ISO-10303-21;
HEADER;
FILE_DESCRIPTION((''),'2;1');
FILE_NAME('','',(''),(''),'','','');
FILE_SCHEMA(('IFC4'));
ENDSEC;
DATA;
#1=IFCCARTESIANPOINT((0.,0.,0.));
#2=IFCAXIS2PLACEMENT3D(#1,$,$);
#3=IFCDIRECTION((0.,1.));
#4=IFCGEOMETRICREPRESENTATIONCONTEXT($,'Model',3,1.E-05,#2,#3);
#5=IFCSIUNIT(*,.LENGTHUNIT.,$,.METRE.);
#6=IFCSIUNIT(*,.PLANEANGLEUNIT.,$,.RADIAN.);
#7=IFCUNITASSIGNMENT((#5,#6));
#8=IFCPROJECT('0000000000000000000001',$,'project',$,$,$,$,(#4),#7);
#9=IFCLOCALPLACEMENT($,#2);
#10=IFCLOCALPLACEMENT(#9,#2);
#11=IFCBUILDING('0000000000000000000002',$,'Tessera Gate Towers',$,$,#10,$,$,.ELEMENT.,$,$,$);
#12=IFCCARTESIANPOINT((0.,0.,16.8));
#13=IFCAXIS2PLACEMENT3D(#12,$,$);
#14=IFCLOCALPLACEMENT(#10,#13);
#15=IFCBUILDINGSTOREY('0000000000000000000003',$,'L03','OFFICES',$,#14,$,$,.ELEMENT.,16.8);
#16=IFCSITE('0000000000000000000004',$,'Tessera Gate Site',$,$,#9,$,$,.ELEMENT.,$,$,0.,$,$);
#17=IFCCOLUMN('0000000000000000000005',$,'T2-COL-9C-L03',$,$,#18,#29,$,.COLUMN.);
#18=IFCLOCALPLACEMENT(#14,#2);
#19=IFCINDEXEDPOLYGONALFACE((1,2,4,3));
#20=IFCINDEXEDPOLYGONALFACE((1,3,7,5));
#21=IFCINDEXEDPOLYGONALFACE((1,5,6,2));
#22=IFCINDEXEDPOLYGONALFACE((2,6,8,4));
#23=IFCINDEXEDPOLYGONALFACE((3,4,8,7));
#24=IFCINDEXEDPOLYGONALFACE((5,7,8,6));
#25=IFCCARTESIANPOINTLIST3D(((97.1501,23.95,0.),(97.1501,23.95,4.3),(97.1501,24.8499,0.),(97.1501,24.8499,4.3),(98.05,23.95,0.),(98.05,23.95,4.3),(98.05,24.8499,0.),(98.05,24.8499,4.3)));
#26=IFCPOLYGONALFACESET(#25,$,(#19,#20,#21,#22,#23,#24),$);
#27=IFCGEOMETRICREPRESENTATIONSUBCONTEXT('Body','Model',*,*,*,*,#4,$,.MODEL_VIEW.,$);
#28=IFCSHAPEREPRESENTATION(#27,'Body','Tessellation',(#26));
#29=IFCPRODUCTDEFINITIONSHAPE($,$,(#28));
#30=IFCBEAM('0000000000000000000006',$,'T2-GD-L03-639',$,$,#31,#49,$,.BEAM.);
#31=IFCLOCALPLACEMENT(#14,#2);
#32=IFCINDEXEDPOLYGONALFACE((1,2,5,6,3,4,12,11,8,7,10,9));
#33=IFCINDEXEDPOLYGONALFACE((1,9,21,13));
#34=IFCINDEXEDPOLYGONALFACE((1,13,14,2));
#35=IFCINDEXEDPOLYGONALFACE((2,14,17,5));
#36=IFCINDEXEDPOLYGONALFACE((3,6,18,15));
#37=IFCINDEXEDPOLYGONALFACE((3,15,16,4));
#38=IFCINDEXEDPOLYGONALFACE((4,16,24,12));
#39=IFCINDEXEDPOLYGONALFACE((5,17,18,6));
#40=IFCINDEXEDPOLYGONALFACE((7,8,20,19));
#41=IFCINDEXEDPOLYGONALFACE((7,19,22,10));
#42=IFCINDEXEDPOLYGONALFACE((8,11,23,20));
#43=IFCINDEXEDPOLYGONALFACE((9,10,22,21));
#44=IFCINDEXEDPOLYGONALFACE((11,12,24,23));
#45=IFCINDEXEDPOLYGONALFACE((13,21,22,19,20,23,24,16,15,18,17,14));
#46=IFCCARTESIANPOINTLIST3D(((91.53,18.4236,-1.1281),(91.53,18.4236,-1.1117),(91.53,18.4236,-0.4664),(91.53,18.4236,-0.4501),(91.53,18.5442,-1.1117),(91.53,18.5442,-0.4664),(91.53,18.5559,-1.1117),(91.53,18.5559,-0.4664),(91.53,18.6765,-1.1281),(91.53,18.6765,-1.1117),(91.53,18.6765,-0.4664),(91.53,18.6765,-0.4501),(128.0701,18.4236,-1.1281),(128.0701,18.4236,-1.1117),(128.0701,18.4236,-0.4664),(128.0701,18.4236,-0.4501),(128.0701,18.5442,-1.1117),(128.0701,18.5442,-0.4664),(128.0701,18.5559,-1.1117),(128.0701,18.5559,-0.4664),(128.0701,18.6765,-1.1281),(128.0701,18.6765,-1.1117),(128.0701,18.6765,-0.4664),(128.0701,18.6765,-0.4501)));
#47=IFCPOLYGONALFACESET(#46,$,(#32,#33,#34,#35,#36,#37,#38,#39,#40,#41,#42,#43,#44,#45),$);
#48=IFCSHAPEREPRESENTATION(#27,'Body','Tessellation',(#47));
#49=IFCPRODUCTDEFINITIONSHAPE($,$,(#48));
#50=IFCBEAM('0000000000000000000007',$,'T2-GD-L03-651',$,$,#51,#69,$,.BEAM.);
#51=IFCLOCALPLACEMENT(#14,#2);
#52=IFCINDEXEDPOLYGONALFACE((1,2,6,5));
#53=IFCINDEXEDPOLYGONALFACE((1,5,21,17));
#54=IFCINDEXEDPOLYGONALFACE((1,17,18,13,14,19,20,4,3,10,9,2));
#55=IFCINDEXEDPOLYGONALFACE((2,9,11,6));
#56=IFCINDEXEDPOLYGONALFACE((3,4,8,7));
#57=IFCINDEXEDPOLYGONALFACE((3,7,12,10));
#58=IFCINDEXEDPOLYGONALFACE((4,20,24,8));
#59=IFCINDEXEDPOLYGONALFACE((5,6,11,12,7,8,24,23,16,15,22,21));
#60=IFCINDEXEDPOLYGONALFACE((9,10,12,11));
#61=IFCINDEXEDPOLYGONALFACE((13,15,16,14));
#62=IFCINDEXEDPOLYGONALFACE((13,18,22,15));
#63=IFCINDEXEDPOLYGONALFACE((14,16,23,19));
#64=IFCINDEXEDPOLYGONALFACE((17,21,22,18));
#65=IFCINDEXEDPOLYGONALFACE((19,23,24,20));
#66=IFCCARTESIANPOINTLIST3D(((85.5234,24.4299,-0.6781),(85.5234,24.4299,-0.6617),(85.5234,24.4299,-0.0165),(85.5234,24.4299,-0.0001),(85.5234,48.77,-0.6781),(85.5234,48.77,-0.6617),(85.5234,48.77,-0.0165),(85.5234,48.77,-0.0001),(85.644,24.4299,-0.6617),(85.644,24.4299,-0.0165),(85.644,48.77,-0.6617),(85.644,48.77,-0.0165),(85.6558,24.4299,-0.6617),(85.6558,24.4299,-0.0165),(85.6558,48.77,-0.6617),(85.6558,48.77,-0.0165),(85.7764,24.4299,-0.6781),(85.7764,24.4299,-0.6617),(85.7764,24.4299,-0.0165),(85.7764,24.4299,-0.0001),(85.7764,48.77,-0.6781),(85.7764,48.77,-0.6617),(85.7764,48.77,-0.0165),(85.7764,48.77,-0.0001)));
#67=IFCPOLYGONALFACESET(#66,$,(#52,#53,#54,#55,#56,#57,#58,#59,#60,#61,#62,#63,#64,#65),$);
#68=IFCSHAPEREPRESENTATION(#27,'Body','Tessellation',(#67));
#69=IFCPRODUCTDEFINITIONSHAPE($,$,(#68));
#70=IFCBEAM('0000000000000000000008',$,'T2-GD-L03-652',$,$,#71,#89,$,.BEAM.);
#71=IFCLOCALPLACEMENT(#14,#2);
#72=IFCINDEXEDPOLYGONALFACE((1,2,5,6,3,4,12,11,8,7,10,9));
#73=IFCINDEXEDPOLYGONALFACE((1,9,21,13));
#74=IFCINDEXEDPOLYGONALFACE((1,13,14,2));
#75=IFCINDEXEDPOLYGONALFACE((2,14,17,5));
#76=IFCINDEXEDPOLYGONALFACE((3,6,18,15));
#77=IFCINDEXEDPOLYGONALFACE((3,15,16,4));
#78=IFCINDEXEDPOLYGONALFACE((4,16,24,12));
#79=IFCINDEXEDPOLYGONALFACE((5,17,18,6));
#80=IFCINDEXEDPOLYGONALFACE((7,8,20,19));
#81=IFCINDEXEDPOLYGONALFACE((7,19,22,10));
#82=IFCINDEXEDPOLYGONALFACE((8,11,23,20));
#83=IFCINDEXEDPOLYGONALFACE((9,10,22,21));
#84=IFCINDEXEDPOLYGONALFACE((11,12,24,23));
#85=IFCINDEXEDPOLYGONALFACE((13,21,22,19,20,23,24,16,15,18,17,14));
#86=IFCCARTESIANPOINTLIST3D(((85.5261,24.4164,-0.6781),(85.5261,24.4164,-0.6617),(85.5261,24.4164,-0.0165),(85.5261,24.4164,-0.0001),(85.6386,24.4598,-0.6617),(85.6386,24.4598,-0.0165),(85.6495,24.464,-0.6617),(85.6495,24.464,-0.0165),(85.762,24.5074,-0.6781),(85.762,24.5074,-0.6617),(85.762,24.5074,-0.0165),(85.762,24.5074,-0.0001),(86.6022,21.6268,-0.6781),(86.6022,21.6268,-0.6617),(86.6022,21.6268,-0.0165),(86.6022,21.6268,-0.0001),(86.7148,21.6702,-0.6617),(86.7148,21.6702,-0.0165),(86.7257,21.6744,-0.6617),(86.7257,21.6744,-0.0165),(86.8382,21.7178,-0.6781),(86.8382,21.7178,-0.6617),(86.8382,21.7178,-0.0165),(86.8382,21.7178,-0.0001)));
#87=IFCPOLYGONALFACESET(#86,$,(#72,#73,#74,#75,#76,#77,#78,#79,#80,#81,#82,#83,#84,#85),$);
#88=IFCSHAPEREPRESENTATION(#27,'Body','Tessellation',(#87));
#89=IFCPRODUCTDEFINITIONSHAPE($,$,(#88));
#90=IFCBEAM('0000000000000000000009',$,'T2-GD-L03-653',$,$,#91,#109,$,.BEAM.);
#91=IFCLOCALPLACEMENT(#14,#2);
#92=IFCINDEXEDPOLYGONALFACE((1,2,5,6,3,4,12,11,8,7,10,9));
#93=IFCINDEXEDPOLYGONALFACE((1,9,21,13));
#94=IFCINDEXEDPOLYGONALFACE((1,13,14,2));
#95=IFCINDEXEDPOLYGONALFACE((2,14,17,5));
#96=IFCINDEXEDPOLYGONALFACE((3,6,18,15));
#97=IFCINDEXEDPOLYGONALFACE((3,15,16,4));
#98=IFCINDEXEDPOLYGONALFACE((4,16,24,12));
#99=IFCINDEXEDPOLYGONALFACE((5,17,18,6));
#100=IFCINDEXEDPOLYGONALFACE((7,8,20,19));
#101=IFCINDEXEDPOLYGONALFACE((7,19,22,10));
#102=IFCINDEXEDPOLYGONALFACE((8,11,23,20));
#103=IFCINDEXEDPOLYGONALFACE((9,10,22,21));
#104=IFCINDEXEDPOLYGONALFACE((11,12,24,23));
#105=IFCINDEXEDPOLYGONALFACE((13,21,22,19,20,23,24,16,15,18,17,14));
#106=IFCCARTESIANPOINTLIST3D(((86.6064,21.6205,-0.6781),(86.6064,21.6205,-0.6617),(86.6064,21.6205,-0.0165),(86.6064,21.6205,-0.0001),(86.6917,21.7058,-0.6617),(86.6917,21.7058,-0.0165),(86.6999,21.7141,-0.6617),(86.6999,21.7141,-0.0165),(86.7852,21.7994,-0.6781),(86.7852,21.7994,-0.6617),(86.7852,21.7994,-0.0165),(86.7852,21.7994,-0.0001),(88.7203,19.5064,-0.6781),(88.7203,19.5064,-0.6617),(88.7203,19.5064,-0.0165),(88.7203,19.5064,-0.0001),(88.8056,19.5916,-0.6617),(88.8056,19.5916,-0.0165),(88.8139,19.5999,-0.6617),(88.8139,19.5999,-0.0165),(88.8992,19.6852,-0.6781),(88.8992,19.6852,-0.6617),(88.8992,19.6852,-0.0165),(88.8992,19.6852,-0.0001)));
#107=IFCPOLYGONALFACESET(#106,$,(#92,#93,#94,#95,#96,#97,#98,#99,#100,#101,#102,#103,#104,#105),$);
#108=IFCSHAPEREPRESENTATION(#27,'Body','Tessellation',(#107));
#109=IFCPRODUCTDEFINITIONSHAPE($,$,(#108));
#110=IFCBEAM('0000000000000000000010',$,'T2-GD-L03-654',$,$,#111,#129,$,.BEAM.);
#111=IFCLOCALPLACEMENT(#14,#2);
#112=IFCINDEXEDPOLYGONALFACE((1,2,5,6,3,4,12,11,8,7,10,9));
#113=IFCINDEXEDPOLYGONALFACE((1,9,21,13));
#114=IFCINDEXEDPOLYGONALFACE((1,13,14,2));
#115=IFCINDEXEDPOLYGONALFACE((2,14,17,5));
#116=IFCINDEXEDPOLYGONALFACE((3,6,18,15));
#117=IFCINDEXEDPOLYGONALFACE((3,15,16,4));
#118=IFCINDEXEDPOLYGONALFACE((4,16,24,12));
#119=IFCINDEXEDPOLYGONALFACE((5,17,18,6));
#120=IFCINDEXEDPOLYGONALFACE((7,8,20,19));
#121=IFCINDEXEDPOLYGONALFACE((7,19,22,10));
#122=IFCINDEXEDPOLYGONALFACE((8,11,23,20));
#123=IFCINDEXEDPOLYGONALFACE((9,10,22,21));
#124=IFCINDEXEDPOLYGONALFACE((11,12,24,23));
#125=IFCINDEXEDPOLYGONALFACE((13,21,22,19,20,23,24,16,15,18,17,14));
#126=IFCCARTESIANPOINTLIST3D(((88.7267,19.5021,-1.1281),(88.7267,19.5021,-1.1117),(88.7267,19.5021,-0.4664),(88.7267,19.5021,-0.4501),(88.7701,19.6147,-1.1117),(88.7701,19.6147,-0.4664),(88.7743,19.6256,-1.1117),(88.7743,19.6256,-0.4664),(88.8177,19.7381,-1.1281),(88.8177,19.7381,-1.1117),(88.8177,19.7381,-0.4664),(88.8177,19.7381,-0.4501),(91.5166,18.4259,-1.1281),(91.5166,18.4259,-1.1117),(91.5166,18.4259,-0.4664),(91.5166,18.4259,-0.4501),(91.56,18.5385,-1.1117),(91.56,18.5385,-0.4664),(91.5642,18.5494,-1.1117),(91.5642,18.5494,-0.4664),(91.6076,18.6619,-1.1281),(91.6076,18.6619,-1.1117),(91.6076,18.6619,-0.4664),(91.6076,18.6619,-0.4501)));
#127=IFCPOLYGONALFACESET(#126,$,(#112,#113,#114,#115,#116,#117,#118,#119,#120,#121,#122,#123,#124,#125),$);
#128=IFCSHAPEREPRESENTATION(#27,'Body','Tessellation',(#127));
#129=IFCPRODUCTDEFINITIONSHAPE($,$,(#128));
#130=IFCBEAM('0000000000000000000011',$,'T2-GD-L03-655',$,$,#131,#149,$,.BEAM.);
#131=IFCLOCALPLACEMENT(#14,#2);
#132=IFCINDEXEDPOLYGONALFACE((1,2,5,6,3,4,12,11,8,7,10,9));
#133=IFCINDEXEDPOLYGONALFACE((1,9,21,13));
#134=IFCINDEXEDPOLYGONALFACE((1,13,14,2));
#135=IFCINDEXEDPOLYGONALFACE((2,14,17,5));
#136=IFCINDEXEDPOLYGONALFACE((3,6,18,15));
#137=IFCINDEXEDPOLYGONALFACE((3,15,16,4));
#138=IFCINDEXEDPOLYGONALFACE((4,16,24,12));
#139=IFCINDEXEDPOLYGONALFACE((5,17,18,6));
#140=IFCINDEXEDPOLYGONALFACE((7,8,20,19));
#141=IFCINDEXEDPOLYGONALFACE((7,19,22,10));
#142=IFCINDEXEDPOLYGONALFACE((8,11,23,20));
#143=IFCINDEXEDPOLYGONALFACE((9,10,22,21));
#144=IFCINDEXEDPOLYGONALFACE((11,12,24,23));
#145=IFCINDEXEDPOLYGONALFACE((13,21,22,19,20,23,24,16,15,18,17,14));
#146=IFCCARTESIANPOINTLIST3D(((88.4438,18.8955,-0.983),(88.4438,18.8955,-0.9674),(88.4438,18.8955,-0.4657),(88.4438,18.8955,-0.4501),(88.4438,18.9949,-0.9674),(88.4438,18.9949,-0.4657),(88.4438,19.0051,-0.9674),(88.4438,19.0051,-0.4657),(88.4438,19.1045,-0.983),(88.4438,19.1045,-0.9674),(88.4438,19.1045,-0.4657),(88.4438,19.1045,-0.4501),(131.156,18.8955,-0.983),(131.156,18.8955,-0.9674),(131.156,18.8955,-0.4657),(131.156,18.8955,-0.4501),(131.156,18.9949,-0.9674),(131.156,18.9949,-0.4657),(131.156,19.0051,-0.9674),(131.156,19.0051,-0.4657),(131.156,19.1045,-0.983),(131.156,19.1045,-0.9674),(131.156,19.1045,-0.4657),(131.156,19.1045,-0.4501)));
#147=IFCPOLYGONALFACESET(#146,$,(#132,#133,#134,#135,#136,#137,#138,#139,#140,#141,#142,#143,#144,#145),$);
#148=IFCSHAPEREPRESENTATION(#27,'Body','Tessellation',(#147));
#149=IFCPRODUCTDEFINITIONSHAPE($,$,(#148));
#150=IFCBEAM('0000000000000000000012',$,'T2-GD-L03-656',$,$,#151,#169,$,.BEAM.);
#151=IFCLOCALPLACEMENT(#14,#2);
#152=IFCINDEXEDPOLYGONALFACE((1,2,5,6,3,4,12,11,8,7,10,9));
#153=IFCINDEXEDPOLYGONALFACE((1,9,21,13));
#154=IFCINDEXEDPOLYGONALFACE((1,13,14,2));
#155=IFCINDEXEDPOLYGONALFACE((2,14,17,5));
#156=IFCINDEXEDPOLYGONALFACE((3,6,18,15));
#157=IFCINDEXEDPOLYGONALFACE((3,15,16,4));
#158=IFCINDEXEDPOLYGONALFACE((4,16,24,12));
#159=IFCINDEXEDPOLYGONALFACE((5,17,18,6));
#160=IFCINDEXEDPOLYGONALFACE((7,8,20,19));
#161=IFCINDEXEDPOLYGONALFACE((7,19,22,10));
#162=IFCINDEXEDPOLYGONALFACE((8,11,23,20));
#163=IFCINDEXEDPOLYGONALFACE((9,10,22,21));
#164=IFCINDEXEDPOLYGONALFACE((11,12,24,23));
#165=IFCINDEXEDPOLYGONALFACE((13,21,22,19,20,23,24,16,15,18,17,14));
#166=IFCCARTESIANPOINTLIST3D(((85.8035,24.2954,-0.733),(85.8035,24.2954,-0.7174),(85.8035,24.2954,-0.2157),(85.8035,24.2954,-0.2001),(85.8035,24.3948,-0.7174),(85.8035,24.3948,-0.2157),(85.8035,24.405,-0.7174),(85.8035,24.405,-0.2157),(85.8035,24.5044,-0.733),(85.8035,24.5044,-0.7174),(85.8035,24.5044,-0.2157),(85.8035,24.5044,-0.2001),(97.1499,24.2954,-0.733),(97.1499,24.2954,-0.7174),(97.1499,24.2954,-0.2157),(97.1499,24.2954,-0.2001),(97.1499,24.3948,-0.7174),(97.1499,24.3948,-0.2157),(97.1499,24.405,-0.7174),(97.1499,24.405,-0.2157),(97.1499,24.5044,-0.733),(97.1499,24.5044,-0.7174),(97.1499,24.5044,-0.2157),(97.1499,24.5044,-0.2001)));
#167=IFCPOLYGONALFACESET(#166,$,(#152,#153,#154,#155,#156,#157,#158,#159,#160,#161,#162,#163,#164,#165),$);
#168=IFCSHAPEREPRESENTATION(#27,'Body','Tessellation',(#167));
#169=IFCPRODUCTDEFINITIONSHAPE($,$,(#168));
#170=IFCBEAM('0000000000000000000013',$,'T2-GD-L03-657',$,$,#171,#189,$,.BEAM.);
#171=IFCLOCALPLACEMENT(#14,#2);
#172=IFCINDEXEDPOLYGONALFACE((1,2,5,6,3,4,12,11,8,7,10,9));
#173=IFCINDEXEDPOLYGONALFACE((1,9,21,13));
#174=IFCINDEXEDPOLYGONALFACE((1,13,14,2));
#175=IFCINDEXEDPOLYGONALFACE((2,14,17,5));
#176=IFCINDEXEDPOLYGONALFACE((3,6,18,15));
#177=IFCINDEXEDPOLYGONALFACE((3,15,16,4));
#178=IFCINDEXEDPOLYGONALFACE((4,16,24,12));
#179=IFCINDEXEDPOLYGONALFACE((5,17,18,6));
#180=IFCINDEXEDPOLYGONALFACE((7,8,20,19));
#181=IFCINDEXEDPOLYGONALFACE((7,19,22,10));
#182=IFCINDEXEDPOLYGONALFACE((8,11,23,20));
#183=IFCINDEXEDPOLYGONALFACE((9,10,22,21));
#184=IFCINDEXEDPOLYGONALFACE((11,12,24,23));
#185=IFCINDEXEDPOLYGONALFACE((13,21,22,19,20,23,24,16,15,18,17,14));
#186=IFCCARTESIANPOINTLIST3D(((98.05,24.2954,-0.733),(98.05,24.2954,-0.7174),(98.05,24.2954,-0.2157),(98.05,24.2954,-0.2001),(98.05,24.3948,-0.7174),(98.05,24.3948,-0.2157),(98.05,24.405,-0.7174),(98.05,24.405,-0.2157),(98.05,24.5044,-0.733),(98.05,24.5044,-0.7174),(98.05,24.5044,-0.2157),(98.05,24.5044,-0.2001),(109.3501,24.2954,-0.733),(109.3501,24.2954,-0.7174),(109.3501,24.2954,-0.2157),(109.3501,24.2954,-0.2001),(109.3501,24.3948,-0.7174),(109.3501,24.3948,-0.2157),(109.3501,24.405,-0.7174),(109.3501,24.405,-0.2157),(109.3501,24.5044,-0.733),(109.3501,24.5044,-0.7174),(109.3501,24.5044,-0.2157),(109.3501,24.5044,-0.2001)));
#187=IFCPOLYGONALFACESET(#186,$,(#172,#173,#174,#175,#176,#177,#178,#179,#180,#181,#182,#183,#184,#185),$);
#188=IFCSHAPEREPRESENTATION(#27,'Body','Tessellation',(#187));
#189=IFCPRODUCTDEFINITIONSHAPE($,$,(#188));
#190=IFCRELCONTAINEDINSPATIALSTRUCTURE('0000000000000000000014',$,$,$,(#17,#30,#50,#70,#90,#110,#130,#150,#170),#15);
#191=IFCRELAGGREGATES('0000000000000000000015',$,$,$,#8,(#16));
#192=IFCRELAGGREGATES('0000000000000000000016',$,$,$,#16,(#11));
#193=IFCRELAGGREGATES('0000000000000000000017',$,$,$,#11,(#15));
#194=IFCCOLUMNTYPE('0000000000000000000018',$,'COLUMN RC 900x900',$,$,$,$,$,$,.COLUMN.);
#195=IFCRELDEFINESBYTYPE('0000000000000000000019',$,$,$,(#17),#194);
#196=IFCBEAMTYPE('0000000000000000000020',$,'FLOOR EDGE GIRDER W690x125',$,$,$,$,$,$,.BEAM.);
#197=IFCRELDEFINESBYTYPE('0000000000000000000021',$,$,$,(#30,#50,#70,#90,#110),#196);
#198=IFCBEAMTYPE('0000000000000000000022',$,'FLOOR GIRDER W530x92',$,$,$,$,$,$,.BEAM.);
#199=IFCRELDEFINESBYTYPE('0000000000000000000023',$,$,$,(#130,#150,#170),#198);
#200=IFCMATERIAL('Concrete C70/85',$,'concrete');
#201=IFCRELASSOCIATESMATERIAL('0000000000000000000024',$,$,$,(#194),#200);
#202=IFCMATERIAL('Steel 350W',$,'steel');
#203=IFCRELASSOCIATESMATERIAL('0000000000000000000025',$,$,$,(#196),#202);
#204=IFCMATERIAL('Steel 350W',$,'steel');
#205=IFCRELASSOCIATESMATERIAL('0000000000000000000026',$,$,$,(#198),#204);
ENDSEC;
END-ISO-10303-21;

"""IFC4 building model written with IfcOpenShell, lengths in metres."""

from ifc_helpers import new_model, si_unit, direction, frame, origin, origin_2d, place, context, subcontext, project, spatial, rectangle, i_section, extrude, material, material_profile, profile_set, type_object, element, save


model = new_model("IFC4")

# Units and contexts
model_context = context("Model", 3, precision=1e-05, world=origin(), true_north=direction((0.0, 1.0)))
body_context = subcontext(model_context, "Body", "Model", "MODEL_VIEW")
ifc_project = project(units=[si_unit("LENGTHUNIT", "METRE"), si_unit("PLANEANGLEUNIT", "RADIAN")], contexts=[model_context])

# Site, building, storey
site_placement = place(None, origin())
site = spatial("IfcSite", under=ifc_project, at=site_placement, Name="Tessera Gate Site", CompositionType="ELEMENT", RefElevation=0.0)
building_placement = place(site_placement, origin())
building = spatial("IfcBuilding", under=site, at=building_placement, Name="Tessera Gate Towers", CompositionType="ELEMENT")
storey_placement = place(building_placement, frame((0.0, 0.0, 16.8)))
storey = spatial("IfcBuildingStorey", under=building, at=storey_placement, Name="L03", Description="OFFICES", CompositionType="ELEMENT", Elevation=16.8)

# Column
ifc_material_1 = material(Name="Concrete C70/85", Category="concrete")
ifc_material_profile_1 = material_profile(ifc_material_1, rectangle(XDim=0.8999, YDim=0.8999, at=origin_2d()), Name="RC 900x900")
ifc_profile_set_1 = profile_set([ifc_material_profile_1], Name="Concrete C70/85")
column_type = type_object("IfcColumnType", Name="COLUMN RC 900x900", PredefinedType="COLUMN", material=ifc_profile_set_1)
column_placement = place(storey_placement, frame((97.6001, 24.3999, 0.0), z_axis=(0.0, 0.0, 1.0), x_axis=(1.0, 0.0, 0.0)))
element("IfcColumn", 1, at=column_placement, inside=storey, type_object=column_type, Name="T2-COL-9C-L03", PredefinedType="COLUMN", context=body_context, shape_type="SweptSolid", body=[
    extrude(rectangle(XDim=0.8999, YDim=0.8999, at=origin_2d()), origin(), (0.0, 0.0, 1.0), 4.3),
])

# Beams
ifc_material_2 = material(Name="Steel 350W", Category="steel")
ifc_material_profile_2 = material_profile(ifc_material_2, i_section(OverallWidth=0.2529, OverallDepth=0.678, WebThickness=0.0117, FlangeThickness=0.0164, at=origin_2d()), Name="W690x125")
ifc_profile_set_2 = profile_set([ifc_material_profile_2], Name="Steel 350W")
beam_type_1 = type_object("IfcBeamType", Name="FLOOR EDGE GIRDER W690x125", PredefinedType="BEAM", material=ifc_profile_set_2)
beam_1_placement = place(storey_placement, frame((91.53, 18.55, -0.7891), z_axis=(1.0, 0.0, 0.0), x_axis=(0.0, 1.0, 0.0)))
element("IfcBeam", 2, at=beam_1_placement, inside=storey, type_object=beam_type_1, Name="T2-GD-L03-639", PredefinedType="BEAM", context=body_context, shape_type="SweptSolid", body=[
    extrude(i_section(OverallWidth=0.2529, OverallDepth=0.678, WebThickness=0.0117, FlangeThickness=0.0164, at=origin_2d()), origin(), (0.0, 0.0, 1.0), 36.54),
])
beam_2_placement = place(storey_placement, frame((85.6499, 24.4299, -0.3391), z_axis=(0.0, 1.0, 0.0), x_axis=(-1.0, 0.0, 0.0)))
element("IfcBeam", 3, at=beam_2_placement, inside=storey, type_object=beam_type_1, Name="T2-GD-L03-651", PredefinedType="BEAM", context=body_context, shape_type="SweptSolid", body=[
    extrude(i_section(OverallWidth=0.2529, OverallDepth=0.678, WebThickness=0.0117, FlangeThickness=0.0164, at=origin_2d()), origin(), (0.0, 0.0, 1.0), 24.3401),
])
beam_3_placement = place(storey_placement, frame((85.644, 24.4619, -0.3391), z_axis=(0.359931, -0.932979, 0.0), x_axis=(0.932979, 0.359931, 0.0)))
element("IfcBeam", 4, at=beam_3_placement, inside=storey, type_object=beam_type_1, Name="T2-GD-L03-652", PredefinedType="BEAM", context=body_context, shape_type="SweptSolid", body=[
    extrude(i_section(OverallWidth=0.2529, OverallDepth=0.678, WebThickness=0.0117, FlangeThickness=0.0164, at=origin_2d()), origin(), (0.0, 0.0, 1.0), 2.99),
])
beam_4_placement = place(storey_placement, frame((86.6958, 21.71, -0.3391), z_axis=(0.707066, -0.707148, 0.0), x_axis=(0.707148, 0.707066, 0.0)))
element("IfcBeam", 5, at=beam_4_placement, inside=storey, type_object=beam_type_1, Name="T2-GD-L03-653", PredefinedType="BEAM", context=body_context, shape_type="SweptSolid", body=[
    extrude(i_section(OverallWidth=0.2529, OverallDepth=0.678, WebThickness=0.0117, FlangeThickness=0.0164, at=origin_2d()), origin(), (0.0, 0.0, 1.0), 2.9897),
])
beam_5_placement = place(storey_placement, frame((88.7722, 19.6201, -0.7891), z_axis=(0.93299, -0.359904, 0.0), x_axis=(0.359904, 0.93299, 0.0)))
element("IfcBeam", 6, at=beam_5_placement, inside=storey, type_object=beam_type_1, Name="T2-GD-L03-654", PredefinedType="BEAM", context=body_context, shape_type="SweptSolid", body=[
    extrude(i_section(OverallWidth=0.2529, OverallDepth=0.678, WebThickness=0.0117, FlangeThickness=0.0164, at=origin_2d()), origin(), (0.0, 0.0, 1.0), 2.9902),
])
ifc_material_3 = material(Name="Steel 350W", Category="steel")
ifc_material_profile_3 = material_profile(ifc_material_3, i_section(OverallWidth=0.209, OverallDepth=0.533, WebThickness=0.0103, FlangeThickness=0.0156, at=origin_2d()), Name="W530x92")
ifc_profile_set_3 = profile_set([ifc_material_profile_3], Name="Steel 350W")
beam_type_2 = type_object("IfcBeamType", Name="FLOOR GIRDER W530x92", PredefinedType="BEAM", material=ifc_profile_set_3)
beam_6_placement = place(storey_placement, frame((88.4438, 19.0, -0.7166), z_axis=(1.0, 0.0, 0.0), x_axis=(0.0, 1.0, 0.0)))
element("IfcBeam", 7, at=beam_6_placement, inside=storey, type_object=beam_type_2, Name="T2-GD-L03-655", PredefinedType="BEAM", context=body_context, shape_type="SweptSolid", body=[
    extrude(i_section(OverallWidth=0.209, OverallDepth=0.533, WebThickness=0.0103, FlangeThickness=0.0156, at=origin_2d()), origin(), (0.0, 0.0, 1.0), 42.7122),
])
beam_7_placement = place(storey_placement, frame((85.8035, 24.3999, -0.4666), z_axis=(1.0, 0.0, 0.0), x_axis=(0.0, 1.0, 0.0)))
element("IfcBeam", 8, at=beam_7_placement, inside=storey, type_object=beam_type_2, Name="T2-GD-L03-656", PredefinedType="BEAM", context=body_context, shape_type="SweptSolid", body=[
    extrude(i_section(OverallWidth=0.209, OverallDepth=0.533, WebThickness=0.0103, FlangeThickness=0.0156, at=origin_2d()), origin(), (0.0, 0.0, 1.0), 11.3464),
])
beam_8_placement = place(storey_placement, frame((98.05, 24.3999, -0.4666), z_axis=(1.0, 0.0, 0.0), x_axis=(0.0, 1.0, 0.0)))
element("IfcBeam", 9, at=beam_8_placement, inside=storey, type_object=beam_type_2, Name="T2-GD-L03-657", PredefinedType="BEAM", context=body_context, shape_type="SweptSolid", body=[
    extrude(i_section(OverallWidth=0.209, OverallDepth=0.533, WebThickness=0.0103, FlangeThickness=0.0156, at=origin_2d()), origin(), (0.0, 0.0, 1.0), 11.3),
])

save(model, "model.ifc")
